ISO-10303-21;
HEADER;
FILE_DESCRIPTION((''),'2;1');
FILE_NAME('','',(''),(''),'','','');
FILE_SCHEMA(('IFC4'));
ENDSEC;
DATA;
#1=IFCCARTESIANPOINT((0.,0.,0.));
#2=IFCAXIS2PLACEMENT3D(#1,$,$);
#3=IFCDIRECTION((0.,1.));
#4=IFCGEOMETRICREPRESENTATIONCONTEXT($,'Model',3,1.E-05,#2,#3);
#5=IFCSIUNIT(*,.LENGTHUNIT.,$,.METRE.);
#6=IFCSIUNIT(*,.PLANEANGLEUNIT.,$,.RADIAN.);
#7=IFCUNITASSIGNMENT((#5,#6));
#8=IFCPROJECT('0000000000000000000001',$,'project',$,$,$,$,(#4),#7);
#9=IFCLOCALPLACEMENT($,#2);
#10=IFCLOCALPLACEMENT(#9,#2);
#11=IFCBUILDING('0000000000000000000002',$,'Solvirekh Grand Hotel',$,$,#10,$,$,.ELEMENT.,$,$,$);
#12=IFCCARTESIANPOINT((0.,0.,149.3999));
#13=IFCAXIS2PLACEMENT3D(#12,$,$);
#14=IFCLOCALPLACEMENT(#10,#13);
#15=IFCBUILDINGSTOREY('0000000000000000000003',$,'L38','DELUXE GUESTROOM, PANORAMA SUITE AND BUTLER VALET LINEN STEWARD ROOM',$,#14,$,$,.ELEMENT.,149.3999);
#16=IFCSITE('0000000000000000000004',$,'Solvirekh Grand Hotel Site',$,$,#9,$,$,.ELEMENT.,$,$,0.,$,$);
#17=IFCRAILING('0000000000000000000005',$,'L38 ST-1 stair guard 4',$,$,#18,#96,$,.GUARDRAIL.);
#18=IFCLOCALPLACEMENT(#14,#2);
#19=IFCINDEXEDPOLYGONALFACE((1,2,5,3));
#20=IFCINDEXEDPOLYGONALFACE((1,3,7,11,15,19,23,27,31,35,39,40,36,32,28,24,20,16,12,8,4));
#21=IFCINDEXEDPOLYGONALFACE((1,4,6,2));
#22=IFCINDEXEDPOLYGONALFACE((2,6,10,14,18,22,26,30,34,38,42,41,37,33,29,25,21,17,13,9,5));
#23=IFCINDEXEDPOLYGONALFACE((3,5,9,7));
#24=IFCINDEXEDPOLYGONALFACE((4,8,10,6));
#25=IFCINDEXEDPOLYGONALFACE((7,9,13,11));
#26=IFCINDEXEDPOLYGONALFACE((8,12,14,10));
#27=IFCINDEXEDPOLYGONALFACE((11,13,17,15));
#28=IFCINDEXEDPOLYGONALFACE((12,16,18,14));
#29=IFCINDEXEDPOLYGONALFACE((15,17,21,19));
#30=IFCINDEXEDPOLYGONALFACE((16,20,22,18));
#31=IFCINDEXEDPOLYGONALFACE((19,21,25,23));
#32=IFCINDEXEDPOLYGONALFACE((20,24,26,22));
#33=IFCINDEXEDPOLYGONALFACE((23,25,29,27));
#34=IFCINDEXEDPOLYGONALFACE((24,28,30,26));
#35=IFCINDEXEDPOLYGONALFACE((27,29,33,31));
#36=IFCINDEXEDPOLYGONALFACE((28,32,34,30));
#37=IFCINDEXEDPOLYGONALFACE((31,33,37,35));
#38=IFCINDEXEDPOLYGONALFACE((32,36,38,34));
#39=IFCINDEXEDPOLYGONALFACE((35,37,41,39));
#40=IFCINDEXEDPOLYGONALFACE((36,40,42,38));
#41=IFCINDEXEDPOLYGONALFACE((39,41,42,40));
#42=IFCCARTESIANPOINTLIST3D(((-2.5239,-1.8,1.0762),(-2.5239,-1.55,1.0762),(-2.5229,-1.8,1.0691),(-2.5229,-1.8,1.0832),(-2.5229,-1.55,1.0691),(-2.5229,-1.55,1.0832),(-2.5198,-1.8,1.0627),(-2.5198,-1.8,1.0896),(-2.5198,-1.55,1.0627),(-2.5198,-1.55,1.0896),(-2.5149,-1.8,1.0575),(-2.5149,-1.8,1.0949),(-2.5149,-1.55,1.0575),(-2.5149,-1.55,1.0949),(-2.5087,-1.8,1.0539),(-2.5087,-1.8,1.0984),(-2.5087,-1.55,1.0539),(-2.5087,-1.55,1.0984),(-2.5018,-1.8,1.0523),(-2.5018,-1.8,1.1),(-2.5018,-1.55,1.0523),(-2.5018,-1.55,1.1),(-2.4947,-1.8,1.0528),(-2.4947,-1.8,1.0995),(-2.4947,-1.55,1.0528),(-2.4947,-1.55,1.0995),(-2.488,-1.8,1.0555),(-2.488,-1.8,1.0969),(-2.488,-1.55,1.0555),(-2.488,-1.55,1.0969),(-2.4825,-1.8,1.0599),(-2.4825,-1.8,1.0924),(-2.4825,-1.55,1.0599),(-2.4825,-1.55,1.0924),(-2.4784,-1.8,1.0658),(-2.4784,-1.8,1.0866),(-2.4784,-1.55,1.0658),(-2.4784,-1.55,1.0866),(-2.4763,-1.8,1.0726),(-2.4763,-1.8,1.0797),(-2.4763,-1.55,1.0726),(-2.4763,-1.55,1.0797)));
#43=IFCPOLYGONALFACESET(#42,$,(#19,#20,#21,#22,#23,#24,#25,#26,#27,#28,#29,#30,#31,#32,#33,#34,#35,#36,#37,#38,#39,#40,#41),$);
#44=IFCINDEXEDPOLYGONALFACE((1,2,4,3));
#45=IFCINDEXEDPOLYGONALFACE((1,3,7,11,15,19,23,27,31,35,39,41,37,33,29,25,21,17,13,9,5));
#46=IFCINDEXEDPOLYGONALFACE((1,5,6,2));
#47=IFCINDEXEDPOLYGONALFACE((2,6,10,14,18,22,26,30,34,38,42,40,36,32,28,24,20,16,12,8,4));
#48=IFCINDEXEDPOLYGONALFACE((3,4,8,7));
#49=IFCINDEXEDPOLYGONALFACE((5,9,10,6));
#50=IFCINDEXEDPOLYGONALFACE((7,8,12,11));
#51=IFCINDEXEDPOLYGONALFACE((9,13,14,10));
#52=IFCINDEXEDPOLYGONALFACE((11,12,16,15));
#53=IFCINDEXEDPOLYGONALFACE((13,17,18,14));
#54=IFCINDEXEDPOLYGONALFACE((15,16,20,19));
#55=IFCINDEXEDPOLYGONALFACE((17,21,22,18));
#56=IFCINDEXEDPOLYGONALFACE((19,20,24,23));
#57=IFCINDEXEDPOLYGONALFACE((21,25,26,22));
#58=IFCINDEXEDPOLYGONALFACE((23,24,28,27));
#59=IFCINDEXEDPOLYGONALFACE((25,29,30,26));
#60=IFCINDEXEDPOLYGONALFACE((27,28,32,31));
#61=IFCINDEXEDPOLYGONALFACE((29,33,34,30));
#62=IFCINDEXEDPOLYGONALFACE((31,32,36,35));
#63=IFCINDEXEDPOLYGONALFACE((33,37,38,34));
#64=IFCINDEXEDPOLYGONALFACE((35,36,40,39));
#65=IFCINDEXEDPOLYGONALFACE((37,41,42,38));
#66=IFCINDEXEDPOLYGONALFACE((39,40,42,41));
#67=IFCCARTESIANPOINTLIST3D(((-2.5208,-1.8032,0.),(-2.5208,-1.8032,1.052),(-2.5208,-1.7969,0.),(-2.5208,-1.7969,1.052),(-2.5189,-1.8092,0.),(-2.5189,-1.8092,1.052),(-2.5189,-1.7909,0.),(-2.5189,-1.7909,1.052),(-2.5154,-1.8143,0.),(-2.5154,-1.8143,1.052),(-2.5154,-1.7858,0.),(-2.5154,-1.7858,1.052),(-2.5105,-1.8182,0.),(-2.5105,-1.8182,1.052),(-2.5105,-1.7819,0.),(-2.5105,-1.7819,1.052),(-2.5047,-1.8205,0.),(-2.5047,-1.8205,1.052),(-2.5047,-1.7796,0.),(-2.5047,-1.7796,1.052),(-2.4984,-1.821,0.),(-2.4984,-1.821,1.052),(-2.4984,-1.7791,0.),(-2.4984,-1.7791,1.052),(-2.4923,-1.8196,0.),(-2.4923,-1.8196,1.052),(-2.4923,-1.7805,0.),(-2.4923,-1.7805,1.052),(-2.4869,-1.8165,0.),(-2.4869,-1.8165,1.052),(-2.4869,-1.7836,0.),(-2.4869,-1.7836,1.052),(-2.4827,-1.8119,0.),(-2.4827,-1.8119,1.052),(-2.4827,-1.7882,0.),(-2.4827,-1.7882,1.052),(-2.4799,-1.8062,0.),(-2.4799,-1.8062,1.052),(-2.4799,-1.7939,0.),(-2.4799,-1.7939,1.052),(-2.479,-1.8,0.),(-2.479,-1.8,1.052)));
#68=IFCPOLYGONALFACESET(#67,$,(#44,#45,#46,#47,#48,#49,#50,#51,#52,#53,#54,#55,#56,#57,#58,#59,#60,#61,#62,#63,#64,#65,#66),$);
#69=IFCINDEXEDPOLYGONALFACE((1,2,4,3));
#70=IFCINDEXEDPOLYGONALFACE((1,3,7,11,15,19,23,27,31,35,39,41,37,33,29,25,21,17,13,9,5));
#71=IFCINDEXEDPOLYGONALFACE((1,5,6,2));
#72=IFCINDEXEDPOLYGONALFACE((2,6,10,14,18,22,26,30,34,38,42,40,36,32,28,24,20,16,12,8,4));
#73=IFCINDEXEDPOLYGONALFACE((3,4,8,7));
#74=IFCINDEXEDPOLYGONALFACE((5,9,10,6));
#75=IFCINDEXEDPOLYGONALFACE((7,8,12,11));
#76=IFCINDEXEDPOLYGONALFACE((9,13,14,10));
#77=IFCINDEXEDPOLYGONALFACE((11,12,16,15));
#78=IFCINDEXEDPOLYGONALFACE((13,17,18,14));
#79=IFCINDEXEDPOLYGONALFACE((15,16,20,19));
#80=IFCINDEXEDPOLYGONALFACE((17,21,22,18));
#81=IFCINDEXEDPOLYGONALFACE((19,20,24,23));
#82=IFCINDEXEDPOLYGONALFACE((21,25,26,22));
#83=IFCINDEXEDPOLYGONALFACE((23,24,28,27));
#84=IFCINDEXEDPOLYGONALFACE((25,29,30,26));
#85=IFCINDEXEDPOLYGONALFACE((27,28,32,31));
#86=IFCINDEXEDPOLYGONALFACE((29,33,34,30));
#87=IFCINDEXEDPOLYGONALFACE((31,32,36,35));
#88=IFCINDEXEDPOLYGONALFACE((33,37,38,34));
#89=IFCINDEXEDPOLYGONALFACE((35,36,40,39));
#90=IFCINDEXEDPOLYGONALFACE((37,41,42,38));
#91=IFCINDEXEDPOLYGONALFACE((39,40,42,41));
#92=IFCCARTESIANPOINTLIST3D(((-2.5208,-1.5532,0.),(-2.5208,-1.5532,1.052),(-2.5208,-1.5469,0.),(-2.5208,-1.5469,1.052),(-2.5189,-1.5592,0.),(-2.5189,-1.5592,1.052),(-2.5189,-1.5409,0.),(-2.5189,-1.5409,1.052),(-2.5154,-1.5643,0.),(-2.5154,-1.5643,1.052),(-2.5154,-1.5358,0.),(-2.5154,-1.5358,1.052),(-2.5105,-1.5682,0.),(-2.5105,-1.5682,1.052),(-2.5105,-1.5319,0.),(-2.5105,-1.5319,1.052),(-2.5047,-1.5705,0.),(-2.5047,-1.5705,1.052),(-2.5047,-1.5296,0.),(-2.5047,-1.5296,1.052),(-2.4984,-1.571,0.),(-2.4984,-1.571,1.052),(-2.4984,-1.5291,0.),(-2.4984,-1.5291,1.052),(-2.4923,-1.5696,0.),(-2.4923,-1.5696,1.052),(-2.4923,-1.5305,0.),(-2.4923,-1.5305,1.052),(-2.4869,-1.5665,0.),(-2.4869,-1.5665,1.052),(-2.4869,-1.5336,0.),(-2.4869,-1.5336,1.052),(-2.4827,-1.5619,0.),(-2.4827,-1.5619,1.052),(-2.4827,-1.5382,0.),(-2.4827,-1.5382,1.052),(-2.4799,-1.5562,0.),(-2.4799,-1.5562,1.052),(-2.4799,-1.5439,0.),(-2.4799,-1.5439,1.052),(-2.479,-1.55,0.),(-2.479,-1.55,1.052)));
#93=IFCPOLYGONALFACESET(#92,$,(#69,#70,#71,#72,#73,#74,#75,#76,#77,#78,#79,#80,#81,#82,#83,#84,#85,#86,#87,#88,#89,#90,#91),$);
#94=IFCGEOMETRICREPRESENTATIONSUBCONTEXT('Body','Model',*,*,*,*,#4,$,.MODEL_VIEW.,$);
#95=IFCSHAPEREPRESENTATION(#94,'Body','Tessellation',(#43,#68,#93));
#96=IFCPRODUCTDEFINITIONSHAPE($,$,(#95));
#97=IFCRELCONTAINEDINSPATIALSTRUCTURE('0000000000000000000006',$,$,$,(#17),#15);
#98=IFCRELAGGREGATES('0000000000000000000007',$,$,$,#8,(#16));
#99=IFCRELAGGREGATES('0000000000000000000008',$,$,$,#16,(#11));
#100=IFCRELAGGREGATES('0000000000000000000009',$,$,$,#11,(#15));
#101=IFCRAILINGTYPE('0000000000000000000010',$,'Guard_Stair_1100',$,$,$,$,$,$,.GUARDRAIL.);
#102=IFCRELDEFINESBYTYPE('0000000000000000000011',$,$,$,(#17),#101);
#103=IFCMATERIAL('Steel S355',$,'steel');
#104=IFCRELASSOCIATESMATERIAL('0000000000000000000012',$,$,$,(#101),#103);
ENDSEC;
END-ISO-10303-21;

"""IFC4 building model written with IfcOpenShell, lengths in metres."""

from ifc_helpers import new_model, si_unit, direction, frame, origin, origin_2d, place, context, subcontext, project, spatial, circle, extrude, material, type_object, element, save


model = new_model("IFC4")

# Units and contexts
model_context = context("Model", 3, precision=1e-05, world=origin(), true_north=direction((0.0, 1.0)))
body_context = subcontext(model_context, "Body", "Model", "MODEL_VIEW")
ifc_project = project(units=[si_unit("LENGTHUNIT", "METRE"), si_unit("PLANEANGLEUNIT", "RADIAN")], contexts=[model_context])

# Site, building, storey
site_placement = place(None, origin())
site = spatial("IfcSite", under=ifc_project, at=site_placement, Name="Solvirekh Grand Hotel Site", CompositionType="ELEMENT", RefElevation=0.0)
building_placement = place(site_placement, origin())
building = spatial("IfcBuilding", under=site, at=building_placement, Name="Solvirekh Grand Hotel", CompositionType="ELEMENT")
storey_placement = place(building_placement, frame((0.0, 0.0, 149.3999)))
storey = spatial("IfcBuildingStorey", under=building, at=storey_placement, Name="L38", Description="DELUXE GUESTROOM, PANORAMA SUITE AND BUTLER VALET LINEN STEWARD ROOM", CompositionType="ELEMENT", Elevation=149.3999)

# Railing
ifc_material_1 = material(Name="Steel S355", Category="steel")
railing_type_1 = type_object("IfcRailingType", Name="Guard_Stair_1100", PredefinedType="GUARDRAIL", material=ifc_material_1)
railing_1_placement = place(storey_placement, frame((-2.5, -1.8, 0.0)))
element("IfcRailing", 1, at=railing_1_placement, inside=storey, type_object=railing_type_1, Name="L38 ST-1 stair guard 4", PredefinedType="GUARDRAIL", context=body_context, shape_type="SweptSolid", body=[
    extrude(circle(Radius=0.0239, at=origin_2d()), frame((0.0, 0.0, 1.0762), z_axis=(0.0, 1.0, 0.0), x_axis=(-1.0, 0.0, 0.0)), (0.0, 0.0, 1.0), 0.25),
    extrude(circle(Radius=0.021, at=origin_2d()), origin(), (0.0, 0.0, 1.0), 1.052),
    extrude(circle(Radius=0.021, at=origin_2d()), frame((0.0, 0.25, 0.0)), (0.0, 0.0, 1.0), 1.052),
])

save(model, "model.ifc")
